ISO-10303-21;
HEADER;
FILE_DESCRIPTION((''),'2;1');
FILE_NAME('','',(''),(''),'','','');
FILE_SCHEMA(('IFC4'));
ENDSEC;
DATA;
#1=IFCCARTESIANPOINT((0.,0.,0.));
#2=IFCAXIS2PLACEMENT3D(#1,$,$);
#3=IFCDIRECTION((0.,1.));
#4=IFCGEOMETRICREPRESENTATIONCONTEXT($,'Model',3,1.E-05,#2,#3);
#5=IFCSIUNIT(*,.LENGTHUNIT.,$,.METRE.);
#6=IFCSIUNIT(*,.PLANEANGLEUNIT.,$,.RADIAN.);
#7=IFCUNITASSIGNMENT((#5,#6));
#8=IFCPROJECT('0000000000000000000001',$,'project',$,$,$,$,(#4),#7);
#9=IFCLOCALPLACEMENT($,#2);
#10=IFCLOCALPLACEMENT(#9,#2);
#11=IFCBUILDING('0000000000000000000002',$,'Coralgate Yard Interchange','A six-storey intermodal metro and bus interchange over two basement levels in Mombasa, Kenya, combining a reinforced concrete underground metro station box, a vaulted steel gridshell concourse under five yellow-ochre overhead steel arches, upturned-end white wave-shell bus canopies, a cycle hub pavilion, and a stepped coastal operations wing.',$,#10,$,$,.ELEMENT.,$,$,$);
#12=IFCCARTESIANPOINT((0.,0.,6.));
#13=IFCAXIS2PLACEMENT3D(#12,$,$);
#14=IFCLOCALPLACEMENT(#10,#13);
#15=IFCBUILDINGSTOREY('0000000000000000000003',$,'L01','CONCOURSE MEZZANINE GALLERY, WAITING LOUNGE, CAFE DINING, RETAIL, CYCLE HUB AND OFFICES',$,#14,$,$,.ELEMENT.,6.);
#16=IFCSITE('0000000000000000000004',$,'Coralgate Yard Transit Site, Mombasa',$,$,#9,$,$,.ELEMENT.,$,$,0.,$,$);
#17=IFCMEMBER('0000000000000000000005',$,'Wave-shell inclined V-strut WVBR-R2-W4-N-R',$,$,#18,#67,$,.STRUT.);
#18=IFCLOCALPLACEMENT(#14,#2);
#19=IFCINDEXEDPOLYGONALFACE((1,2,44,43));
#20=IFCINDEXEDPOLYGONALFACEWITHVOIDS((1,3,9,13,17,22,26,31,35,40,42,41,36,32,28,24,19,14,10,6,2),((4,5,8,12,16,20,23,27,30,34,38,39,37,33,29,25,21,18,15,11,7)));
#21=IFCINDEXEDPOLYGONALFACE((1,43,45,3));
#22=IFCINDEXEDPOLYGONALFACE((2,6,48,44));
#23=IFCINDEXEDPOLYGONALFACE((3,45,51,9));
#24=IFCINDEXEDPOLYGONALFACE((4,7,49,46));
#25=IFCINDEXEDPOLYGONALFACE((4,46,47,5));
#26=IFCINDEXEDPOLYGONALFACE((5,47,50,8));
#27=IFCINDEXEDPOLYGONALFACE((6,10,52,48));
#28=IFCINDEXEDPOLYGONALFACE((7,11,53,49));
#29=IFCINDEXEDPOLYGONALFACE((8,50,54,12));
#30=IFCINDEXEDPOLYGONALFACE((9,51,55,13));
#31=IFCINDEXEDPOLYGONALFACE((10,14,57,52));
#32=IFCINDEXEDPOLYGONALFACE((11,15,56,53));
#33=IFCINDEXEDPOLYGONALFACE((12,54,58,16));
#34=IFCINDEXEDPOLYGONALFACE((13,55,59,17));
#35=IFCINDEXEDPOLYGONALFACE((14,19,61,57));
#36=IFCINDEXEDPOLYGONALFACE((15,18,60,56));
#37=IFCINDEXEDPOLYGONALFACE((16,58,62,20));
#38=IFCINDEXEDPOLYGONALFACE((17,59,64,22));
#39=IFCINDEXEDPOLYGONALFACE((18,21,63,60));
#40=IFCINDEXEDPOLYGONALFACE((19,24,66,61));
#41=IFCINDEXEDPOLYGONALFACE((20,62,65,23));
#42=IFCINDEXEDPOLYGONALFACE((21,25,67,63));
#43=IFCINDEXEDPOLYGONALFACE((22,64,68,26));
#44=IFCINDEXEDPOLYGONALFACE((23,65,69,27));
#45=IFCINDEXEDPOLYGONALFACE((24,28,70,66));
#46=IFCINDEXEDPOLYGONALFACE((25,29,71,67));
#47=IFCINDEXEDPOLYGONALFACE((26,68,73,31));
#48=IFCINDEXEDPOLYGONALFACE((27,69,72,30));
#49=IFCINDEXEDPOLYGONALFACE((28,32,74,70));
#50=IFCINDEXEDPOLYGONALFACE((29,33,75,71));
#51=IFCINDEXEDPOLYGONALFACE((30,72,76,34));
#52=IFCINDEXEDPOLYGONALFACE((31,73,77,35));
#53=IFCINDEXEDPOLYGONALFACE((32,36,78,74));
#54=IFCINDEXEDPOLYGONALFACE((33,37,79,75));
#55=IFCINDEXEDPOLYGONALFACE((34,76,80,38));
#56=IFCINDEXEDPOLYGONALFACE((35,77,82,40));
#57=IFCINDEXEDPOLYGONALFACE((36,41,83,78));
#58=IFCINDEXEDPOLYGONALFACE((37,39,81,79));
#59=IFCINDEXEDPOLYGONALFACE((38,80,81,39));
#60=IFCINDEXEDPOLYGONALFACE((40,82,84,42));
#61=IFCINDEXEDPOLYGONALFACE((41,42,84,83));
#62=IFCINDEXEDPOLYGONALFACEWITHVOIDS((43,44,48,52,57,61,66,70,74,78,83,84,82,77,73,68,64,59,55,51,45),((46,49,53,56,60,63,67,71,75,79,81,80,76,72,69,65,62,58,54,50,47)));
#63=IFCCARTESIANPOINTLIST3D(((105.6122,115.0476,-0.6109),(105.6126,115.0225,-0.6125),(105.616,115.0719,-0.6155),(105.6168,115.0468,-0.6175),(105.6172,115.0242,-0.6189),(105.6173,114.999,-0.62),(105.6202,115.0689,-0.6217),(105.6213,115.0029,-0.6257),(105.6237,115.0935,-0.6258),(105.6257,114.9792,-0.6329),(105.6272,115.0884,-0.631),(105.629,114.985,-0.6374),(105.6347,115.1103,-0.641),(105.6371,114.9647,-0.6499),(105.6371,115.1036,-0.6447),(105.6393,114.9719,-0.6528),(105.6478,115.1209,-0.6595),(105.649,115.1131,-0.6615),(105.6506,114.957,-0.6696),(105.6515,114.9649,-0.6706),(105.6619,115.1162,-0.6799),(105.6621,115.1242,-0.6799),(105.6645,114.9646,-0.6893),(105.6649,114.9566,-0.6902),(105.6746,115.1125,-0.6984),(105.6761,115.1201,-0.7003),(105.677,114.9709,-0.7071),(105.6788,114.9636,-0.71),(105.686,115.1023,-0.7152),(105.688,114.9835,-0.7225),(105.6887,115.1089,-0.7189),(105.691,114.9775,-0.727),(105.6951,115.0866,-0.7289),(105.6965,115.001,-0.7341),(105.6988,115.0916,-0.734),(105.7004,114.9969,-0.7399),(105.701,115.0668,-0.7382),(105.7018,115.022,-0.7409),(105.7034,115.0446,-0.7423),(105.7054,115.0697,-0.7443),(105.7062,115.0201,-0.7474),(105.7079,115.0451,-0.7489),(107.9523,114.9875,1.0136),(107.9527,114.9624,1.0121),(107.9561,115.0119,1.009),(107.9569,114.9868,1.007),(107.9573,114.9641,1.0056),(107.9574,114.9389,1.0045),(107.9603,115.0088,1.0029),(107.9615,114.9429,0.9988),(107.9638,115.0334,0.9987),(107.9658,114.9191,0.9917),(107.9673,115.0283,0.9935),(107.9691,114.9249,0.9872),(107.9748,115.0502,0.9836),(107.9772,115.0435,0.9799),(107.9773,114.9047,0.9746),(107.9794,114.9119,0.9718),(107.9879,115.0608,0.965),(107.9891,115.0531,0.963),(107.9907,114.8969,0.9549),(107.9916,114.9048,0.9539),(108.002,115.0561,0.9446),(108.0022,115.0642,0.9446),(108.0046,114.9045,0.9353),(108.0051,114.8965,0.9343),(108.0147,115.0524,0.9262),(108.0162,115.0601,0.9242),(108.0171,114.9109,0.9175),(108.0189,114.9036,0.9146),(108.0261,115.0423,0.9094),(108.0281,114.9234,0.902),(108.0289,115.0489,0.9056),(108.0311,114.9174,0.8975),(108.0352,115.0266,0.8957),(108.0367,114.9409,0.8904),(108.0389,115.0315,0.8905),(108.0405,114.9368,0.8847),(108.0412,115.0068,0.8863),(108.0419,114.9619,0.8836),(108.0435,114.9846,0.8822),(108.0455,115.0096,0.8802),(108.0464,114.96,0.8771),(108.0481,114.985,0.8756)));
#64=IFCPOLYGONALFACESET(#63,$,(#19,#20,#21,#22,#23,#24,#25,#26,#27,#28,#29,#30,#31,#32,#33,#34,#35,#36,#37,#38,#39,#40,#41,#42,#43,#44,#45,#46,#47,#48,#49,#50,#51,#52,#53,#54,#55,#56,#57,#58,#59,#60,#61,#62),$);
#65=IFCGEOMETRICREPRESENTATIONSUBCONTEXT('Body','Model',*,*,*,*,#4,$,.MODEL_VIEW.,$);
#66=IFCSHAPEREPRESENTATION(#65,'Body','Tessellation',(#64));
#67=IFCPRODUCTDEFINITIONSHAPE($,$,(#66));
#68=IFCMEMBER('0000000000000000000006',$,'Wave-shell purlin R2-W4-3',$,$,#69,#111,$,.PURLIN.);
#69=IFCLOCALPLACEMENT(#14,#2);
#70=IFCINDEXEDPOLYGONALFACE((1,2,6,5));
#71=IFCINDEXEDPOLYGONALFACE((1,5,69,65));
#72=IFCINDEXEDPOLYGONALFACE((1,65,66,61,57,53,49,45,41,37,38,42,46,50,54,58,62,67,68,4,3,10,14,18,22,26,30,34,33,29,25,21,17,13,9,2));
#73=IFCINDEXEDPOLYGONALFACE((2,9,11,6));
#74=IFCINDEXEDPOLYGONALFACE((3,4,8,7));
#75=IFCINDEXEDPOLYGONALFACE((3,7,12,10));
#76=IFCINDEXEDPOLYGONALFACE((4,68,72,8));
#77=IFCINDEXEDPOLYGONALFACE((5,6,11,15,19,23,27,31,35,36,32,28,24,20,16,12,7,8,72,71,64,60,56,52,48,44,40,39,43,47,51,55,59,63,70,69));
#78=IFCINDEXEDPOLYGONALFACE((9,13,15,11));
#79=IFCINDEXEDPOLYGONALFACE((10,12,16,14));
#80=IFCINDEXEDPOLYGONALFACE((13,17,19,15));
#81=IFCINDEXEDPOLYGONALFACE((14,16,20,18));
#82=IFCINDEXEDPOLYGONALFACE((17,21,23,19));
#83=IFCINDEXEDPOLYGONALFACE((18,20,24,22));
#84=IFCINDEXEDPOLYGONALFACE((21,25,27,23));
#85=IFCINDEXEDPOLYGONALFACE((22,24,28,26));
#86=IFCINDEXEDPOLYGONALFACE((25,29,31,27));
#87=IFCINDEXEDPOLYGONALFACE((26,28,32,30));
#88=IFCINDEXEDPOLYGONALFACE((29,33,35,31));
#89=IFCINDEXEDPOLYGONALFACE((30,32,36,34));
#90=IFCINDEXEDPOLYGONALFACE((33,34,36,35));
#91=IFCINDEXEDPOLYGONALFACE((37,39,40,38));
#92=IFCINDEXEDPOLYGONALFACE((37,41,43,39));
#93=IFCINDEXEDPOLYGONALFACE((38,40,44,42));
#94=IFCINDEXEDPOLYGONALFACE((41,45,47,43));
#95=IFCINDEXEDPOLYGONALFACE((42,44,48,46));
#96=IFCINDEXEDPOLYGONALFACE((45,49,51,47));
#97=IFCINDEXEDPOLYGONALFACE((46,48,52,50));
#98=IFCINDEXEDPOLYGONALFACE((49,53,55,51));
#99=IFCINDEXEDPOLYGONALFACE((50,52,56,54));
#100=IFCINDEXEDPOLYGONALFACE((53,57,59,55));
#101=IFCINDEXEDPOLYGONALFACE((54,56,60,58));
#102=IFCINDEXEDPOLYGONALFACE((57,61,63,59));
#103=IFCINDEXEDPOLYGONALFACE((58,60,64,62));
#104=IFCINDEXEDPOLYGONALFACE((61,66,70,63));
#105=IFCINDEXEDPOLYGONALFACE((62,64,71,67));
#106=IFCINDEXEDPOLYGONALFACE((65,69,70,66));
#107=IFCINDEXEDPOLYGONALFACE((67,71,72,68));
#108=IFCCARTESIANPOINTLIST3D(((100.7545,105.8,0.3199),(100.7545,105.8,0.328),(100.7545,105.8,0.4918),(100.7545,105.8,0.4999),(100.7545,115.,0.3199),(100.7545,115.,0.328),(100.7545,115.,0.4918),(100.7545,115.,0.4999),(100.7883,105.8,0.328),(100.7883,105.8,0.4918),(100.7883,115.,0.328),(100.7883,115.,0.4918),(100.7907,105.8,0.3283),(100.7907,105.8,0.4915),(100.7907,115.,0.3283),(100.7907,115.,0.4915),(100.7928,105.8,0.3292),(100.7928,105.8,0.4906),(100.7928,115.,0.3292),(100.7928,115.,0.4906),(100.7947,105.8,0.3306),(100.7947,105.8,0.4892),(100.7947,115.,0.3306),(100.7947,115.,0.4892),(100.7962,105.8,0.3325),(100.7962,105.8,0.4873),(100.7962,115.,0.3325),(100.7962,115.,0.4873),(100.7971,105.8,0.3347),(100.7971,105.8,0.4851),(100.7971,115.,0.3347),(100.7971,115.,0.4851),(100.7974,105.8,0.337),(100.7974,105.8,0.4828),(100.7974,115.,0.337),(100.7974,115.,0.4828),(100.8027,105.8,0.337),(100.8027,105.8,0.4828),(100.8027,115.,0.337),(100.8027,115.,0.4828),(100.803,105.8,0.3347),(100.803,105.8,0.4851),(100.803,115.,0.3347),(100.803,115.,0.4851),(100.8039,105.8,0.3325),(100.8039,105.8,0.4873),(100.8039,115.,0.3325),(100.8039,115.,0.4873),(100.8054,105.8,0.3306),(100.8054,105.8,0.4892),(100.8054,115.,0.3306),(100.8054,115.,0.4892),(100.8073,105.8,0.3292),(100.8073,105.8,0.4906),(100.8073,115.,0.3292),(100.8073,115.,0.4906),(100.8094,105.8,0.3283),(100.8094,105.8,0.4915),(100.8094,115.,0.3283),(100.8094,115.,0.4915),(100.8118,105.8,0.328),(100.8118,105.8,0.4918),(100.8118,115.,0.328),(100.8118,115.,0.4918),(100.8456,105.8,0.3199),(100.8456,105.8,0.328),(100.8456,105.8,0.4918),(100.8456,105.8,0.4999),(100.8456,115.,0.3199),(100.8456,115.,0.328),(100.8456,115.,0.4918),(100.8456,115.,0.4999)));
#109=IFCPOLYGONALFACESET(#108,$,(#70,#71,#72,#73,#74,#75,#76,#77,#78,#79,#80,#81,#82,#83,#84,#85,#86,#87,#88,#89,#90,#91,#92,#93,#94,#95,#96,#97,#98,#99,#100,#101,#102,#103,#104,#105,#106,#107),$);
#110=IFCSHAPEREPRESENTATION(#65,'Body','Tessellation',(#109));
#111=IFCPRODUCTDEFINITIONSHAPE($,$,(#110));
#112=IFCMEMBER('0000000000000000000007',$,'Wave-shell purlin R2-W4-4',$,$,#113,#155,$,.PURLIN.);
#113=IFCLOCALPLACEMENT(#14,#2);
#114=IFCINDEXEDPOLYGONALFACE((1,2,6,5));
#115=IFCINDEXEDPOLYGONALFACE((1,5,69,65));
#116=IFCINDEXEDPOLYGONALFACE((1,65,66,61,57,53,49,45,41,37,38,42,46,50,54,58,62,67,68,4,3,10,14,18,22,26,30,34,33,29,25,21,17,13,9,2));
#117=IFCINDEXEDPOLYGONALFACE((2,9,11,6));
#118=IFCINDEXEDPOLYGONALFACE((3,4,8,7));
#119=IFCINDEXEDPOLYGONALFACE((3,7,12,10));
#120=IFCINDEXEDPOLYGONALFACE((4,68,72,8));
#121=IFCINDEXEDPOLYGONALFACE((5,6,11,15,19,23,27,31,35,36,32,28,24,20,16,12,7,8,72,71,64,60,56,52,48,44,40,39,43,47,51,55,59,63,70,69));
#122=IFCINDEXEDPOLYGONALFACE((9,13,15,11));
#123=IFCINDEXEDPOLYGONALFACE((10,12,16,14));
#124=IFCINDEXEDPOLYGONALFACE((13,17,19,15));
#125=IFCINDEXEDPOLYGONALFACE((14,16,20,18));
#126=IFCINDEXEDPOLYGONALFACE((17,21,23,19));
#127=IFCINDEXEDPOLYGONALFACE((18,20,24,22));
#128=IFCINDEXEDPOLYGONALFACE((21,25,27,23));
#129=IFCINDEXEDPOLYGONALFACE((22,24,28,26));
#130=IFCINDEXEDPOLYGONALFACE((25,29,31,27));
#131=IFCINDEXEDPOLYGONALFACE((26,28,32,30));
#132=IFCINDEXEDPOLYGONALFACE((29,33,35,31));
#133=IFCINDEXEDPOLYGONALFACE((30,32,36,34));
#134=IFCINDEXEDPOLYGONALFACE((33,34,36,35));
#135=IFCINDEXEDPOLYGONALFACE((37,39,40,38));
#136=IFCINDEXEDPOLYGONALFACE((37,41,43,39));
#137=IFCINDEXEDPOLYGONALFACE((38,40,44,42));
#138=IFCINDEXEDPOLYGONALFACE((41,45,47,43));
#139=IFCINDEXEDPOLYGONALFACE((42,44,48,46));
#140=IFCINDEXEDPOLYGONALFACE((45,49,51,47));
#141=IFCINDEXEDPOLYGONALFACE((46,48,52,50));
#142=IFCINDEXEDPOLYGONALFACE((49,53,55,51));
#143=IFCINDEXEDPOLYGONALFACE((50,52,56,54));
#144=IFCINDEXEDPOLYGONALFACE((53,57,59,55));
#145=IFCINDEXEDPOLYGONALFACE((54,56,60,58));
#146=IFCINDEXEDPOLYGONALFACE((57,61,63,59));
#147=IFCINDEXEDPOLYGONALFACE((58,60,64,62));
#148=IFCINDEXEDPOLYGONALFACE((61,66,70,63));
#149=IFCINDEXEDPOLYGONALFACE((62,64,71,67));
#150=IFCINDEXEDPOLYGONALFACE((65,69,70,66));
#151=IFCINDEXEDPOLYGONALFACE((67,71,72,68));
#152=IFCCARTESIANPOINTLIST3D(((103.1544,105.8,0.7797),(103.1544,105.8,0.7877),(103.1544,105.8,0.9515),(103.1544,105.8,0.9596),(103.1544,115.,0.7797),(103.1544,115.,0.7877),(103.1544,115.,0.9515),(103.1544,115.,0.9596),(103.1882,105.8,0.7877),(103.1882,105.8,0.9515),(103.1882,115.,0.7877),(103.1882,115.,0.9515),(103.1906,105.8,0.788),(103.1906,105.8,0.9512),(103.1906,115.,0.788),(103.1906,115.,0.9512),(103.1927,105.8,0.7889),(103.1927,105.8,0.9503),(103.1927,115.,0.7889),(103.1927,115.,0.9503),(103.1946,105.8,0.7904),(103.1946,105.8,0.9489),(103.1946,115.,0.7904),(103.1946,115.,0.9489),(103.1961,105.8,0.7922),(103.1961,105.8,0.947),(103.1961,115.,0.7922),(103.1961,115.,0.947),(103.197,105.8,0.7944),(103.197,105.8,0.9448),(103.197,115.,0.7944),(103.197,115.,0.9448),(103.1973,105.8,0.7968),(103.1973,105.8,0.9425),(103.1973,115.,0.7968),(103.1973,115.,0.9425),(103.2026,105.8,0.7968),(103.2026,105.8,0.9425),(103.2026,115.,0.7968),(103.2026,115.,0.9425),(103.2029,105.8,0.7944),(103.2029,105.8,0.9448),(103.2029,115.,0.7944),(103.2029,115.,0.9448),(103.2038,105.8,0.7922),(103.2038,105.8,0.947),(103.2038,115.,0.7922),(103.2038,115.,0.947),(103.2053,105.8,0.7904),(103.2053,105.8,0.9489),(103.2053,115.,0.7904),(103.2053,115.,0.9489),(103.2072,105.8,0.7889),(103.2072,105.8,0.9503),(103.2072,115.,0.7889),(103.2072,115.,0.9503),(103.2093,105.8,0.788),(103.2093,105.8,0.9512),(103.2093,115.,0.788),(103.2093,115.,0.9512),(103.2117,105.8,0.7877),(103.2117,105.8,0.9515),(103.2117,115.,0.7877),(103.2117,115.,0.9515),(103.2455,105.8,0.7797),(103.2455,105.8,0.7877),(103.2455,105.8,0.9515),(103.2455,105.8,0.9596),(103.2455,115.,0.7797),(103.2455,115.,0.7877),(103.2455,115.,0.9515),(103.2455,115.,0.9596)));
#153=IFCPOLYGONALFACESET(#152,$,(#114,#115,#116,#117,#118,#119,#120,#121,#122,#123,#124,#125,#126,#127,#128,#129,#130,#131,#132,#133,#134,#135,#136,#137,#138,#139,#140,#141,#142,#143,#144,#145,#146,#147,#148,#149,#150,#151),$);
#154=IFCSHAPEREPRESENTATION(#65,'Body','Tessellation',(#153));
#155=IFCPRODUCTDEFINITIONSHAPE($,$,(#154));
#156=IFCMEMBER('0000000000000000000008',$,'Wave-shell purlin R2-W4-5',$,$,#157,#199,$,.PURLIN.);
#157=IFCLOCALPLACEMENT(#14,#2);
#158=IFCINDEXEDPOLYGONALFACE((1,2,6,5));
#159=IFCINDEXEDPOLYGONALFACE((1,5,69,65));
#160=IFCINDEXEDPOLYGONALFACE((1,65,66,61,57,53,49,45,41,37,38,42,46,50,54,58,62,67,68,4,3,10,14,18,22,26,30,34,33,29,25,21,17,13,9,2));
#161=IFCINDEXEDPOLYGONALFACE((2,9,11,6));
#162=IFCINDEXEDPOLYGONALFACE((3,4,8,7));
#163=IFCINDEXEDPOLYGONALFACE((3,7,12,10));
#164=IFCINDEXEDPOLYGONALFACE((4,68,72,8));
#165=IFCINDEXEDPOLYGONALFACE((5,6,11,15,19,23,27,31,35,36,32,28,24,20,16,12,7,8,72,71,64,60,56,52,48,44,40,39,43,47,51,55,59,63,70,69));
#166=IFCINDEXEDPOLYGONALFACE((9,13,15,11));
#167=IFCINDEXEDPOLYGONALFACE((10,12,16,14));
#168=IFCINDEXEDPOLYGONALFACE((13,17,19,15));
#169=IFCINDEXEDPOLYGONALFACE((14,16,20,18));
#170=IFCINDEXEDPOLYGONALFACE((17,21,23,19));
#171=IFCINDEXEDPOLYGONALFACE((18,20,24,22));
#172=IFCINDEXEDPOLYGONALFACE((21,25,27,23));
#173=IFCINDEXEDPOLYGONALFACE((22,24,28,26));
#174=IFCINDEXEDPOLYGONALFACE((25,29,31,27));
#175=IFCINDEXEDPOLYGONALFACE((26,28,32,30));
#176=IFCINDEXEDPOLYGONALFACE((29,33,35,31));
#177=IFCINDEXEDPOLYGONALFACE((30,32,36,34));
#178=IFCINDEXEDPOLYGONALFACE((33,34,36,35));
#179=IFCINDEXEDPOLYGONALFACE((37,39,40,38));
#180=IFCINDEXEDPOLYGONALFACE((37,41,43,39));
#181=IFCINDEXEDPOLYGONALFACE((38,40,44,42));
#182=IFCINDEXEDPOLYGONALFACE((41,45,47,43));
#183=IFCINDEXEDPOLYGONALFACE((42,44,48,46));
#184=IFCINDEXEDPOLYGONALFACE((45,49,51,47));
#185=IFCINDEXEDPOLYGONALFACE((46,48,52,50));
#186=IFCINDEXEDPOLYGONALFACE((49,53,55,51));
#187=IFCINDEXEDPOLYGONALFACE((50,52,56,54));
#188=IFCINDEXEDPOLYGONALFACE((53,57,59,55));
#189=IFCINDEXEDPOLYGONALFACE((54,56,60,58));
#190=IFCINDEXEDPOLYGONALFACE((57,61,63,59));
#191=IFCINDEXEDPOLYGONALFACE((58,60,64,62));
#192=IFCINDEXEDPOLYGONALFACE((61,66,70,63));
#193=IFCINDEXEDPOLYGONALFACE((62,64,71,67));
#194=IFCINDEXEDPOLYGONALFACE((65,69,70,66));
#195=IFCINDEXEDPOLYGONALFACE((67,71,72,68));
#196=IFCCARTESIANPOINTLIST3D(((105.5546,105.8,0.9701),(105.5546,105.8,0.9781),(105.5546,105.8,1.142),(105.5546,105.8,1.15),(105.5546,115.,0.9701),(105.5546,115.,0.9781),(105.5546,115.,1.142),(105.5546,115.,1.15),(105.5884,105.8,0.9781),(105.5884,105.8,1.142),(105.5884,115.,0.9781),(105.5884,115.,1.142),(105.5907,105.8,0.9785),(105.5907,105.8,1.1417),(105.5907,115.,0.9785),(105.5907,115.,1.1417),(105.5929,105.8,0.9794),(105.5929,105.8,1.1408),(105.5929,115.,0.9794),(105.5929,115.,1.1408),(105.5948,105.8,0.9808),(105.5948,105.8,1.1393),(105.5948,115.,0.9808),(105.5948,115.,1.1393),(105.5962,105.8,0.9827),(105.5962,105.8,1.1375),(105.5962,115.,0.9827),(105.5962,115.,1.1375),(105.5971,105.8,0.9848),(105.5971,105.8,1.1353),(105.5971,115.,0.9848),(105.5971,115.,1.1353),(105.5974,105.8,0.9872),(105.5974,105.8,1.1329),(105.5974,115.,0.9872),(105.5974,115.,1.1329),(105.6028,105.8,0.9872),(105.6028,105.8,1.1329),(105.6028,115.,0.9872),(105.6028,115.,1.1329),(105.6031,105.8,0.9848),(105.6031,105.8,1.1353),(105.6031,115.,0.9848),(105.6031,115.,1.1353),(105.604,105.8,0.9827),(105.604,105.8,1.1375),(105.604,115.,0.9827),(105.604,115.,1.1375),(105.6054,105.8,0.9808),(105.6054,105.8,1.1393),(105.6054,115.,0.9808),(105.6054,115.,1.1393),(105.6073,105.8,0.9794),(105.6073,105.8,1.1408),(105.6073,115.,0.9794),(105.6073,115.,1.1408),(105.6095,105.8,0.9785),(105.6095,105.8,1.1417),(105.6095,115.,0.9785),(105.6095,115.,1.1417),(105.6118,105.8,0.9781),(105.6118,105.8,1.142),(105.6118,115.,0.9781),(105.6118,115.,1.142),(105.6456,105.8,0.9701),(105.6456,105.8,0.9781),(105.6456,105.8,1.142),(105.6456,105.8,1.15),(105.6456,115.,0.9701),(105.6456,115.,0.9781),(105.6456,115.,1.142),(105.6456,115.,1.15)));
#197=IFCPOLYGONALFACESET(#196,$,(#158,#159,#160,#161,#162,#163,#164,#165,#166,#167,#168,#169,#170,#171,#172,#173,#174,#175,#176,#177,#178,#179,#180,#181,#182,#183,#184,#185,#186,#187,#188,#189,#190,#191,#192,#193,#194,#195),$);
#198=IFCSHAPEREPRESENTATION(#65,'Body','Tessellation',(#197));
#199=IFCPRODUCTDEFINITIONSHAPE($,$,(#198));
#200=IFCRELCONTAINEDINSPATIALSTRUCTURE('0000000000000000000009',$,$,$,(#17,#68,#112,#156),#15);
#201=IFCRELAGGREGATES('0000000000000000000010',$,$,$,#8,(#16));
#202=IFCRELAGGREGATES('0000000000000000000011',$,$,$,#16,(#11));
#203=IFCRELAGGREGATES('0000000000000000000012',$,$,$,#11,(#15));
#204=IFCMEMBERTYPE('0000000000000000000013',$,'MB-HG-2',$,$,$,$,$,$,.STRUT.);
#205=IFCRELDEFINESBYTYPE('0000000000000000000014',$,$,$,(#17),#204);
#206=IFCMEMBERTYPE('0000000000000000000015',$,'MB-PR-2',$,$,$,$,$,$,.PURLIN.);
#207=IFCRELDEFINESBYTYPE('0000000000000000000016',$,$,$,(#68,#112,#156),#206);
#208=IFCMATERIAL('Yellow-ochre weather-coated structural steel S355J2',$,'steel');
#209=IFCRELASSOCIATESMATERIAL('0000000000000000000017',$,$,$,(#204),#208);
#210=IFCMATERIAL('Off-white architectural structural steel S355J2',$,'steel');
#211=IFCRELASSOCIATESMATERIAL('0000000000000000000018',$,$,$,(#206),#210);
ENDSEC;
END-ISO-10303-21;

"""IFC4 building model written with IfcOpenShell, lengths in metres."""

from ifc_helpers import new_model, si_unit, direction, frame, origin, origin_2d, place, context, subcontext, project, spatial, hollow_circle, i_section, extrude, material, material_profile, profile_set, type_object, element, save


model = new_model("IFC4")

# Units and contexts
model_context = context("Model", 3, precision=1e-05, world=origin(), true_north=direction((0.0, 1.0)))
body_context = subcontext(model_context, "Body", "Model", "MODEL_VIEW")
ifc_project = project(units=[si_unit("LENGTHUNIT", "METRE"), si_unit("PLANEANGLEUNIT", "RADIAN")], contexts=[model_context])

# Site, building, storey
site_placement = place(None, origin())
site = spatial("IfcSite", under=ifc_project, at=site_placement, Name="Coralgate Yard Transit Site, Mombasa", CompositionType="ELEMENT", RefElevation=0.0)
building_placement = place(site_placement, origin())
building = spatial("IfcBuilding", under=site, at=building_placement, Name="Coralgate Yard Interchange", Description="A six-storey intermodal metro and bus interchange over two basement levels in Mombasa, Kenya, combining a reinforced concrete underground metro station box, a vaulted steel gridshell concourse under five yellow-ochre overhead steel arches, upturned-end white wave-shell bus canopies, a cycle hub pavilion, and a stepped coastal operations wing.", CompositionType="ELEMENT")
storey_placement = place(building_placement, frame((0.0, 0.0, 6.0)))
storey = spatial("IfcBuildingStorey", under=building, at=storey_placement, Name="L01", Description="CONCOURSE MEZZANINE GALLERY, WAITING LOUNGE, CAFE DINING, RETAIL, CYCLE HUB AND OFFICES", CompositionType="ELEMENT", Elevation=6.0)

# Shared definitions
ifc_material_1 = material(Name="Off-white architectural structural steel S355J2", Category="steel")

# Members
ifc_material_2 = material(Name="Yellow-ochre weather-coated structural steel S355J2", Category="steel")
ifc_material_profile_1 = material_profile(ifc_material_2, hollow_circle(Radius=0.0842, WallThickness=0.0081, at=origin_2d()), Name="CHS 168.3x8")
ifc_profile_set_1 = profile_set([ifc_material_profile_1], Name="Yellow-ochre weather-coated structural steel S355J2")
member_type_1 = type_object("IfcMemberType", Name="MB-HG-2", PredefinedType="STRUT", material=ifc_profile_set_1)
for number, where, z_axis, x_axis, name in (
    (1, (105.6599, 115.04, -0.6799), (0.821278, -0.021078, 0.570139), (0.025657, 0.999671, 0.0), "Wave-shell inclined V-strut WVBR-R2-W4-N-R"),
):
    element("IfcMember", number, at=place(storey_placement, frame(where, z_axis=z_axis, x_axis=x_axis)), inside=storey, type_object=member_type_1, Name=name, PredefinedType="STRUT", context=body_context, shape_type="SweptSolid", body=[
        extrude(hollow_circle(Radius=0.0842, WallThickness=0.0081, at=origin_2d()), origin(), (0.0, 0.0, 1.0), 2.8494),
    ])
ifc_material_profile_2 = material_profile(ifc_material_1, i_section(OverallWidth=0.0911, OverallDepth=0.1799, WebThickness=0.0054, FlangeThickness=0.0081, FilletRadius=0.009, at=origin_2d()), Name="IPE 180")
ifc_profile_set_2 = profile_set([ifc_material_profile_2], Name="Off-white architectural structural steel S355J2")
member_type_2 = type_object("IfcMemberType", Name="MB-PR-2", PredefinedType="PURLIN", material=ifc_profile_set_2)
for number, where, z_axis, x_axis, name in (
    (2, (100.8, 105.8, 0.4099), (0.0, 1.0, 0.0), (-1.0, 0.0, 0.0), "Wave-shell purlin R2-W4-3"),
    (3, (103.2, 105.8, 0.8696), (0.0, 1.0, 0.0), (-1.0, 0.0, 0.0), "Wave-shell purlin R2-W4-4"),
    (4, (105.6001, 105.8, 1.0601), (0.0, 1.0, 0.0), (-1.0, 0.0, 0.0), "Wave-shell purlin R2-W4-5"),
):
    element("IfcMember", number, at=place(storey_placement, frame(where, z_axis=z_axis, x_axis=x_axis)), inside=storey, type_object=member_type_2, Name=name, PredefinedType="PURLIN", context=body_context, shape_type="SweptSolid", body=[
        extrude(i_section(OverallWidth=0.0911, OverallDepth=0.1799, WebThickness=0.0054, FlangeThickness=0.0081, FilletRadius=0.009, at=origin_2d()), origin(), (0.0, 0.0, 1.0), 9.2),
    ])

save(model, "model.ifc")
